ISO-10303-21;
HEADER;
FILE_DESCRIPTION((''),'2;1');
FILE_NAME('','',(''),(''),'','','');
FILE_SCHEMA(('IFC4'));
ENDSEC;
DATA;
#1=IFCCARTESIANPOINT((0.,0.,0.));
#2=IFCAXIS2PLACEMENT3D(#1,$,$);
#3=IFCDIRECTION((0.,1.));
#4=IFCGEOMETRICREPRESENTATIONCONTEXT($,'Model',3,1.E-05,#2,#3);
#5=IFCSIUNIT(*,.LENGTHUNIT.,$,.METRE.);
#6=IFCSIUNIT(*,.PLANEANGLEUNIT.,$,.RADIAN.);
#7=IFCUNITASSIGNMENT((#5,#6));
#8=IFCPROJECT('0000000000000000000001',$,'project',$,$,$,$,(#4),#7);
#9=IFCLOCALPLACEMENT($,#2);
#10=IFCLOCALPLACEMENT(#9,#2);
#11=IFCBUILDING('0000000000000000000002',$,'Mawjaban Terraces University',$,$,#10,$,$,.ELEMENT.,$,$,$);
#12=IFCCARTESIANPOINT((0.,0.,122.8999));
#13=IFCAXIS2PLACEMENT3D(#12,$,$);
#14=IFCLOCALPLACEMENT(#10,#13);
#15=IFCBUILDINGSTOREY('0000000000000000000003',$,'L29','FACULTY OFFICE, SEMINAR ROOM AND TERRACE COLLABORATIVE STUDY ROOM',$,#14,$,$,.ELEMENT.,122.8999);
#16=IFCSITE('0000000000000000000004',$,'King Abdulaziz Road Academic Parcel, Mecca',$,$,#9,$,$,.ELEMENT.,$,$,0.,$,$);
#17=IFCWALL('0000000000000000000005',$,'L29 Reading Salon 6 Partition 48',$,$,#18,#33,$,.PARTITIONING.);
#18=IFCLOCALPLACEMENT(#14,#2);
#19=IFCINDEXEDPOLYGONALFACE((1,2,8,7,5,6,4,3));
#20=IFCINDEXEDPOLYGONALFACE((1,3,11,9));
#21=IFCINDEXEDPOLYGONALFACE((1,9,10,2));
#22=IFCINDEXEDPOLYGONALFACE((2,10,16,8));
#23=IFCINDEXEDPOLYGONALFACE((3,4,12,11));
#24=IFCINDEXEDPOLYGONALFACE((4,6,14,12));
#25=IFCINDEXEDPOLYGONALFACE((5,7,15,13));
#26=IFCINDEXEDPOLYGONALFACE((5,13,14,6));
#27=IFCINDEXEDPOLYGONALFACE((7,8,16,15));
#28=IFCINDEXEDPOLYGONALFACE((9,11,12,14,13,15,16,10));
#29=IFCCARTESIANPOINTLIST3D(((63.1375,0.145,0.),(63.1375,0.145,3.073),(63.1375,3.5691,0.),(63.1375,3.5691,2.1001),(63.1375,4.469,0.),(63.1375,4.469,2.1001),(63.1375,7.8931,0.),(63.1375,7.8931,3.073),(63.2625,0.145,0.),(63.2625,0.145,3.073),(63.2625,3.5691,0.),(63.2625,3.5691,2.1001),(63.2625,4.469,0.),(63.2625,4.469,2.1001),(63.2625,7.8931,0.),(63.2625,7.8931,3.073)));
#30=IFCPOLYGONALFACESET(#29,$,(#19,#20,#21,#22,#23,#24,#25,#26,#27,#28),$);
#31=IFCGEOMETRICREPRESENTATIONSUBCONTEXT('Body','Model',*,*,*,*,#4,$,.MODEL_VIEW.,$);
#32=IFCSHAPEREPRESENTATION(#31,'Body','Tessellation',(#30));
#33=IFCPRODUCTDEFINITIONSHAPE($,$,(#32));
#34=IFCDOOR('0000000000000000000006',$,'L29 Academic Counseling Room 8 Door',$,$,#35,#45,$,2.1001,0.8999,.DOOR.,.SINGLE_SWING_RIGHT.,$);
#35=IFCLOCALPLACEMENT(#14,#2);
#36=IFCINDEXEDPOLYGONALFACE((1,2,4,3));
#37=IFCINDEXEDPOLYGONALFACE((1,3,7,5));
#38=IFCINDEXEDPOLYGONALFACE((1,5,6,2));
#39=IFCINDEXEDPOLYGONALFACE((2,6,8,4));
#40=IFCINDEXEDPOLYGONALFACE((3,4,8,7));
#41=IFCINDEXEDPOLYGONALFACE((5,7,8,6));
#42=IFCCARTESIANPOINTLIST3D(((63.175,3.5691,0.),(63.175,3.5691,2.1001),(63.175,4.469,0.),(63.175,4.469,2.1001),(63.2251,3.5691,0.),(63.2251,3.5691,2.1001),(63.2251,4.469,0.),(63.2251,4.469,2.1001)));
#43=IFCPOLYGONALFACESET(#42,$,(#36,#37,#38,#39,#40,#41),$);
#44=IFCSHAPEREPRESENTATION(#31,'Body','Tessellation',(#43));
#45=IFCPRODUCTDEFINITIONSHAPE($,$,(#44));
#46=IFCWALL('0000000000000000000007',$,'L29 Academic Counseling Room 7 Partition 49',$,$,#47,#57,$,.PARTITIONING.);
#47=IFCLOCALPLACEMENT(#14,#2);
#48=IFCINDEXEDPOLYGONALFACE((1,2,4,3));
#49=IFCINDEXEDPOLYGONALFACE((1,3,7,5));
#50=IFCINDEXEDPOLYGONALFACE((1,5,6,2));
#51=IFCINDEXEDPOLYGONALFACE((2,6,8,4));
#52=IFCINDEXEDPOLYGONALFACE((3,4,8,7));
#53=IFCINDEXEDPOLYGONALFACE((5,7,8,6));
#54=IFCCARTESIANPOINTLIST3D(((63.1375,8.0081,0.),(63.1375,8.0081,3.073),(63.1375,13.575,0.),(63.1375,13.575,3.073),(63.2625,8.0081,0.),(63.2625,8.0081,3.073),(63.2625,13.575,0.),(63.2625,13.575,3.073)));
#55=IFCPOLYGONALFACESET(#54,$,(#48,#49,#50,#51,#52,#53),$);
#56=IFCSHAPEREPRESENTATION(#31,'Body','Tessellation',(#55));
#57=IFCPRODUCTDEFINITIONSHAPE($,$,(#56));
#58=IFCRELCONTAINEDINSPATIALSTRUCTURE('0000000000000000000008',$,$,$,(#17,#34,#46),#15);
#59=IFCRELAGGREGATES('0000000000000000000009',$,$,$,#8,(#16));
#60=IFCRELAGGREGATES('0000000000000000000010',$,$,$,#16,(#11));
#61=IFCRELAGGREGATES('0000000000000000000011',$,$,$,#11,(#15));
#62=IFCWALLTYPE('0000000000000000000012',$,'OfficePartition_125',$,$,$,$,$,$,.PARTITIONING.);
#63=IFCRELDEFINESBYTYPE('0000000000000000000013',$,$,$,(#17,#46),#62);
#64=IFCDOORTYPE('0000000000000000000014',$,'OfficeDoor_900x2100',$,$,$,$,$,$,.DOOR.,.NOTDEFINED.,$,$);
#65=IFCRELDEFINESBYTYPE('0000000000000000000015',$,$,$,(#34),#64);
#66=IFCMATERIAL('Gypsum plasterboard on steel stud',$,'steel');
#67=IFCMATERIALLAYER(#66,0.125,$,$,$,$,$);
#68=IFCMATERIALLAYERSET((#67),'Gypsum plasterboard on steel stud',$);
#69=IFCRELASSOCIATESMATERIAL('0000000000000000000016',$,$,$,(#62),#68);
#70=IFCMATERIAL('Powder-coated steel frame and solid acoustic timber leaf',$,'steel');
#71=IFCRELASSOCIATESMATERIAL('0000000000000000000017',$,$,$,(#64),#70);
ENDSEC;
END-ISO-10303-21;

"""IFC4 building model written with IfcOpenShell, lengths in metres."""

from ifc_helpers import new_model, si_unit, direction, frame, frame_2d, origin, place, context, subcontext, project, spatial, rectangle, extrude, material, layer, layer_set, type_object, element, fill, save


model = new_model("IFC4")

# Units and contexts
model_context = context("Model", 3, precision=1e-05, world=origin(), true_north=direction((0.0, 1.0)))
body_context = subcontext(model_context, "Body", "Model", "MODEL_VIEW")
ifc_project = project(units=[si_unit("LENGTHUNIT", "METRE"), si_unit("PLANEANGLEUNIT", "RADIAN")], contexts=[model_context])

# Site, building, storey
site_placement = place(None, origin())
site = spatial("IfcSite", under=ifc_project, at=site_placement, Name="King Abdulaziz Road Academic Parcel, Mecca", CompositionType="ELEMENT", RefElevation=0.0)
building_placement = place(site_placement, origin())
building = spatial("IfcBuilding", under=site, at=building_placement, Name="Mawjaban Terraces University", CompositionType="ELEMENT")
storey_placement = place(building_placement, frame((0.0, 0.0, 122.8999)))
storey = spatial("IfcBuildingStorey", under=building, at=storey_placement, Name="L29", Description="FACULTY OFFICE, SEMINAR ROOM AND TERRACE COLLABORATIVE STUDY ROOM", CompositionType="ELEMENT", Elevation=122.8999)

# Shared definitions
ifc_material_1 = material(Name="Powder-coated steel frame and solid acoustic timber leaf", Category="steel")

# Shared definitions
ifc_material_2 = material(Name="Gypsum plasterboard on steel stud", Category="steel")
ifc_layer_1 = layer(ifc_material_2, 0.125)
ifc_layer_set_1 = layer_set([ifc_layer_1], Name="Gypsum plasterboard on steel stud")
wall_type_1 = type_object("IfcWallType", Name="OfficePartition_125", PredefinedType="PARTITIONING", material=ifc_layer_set_1)

# Wall, opening, door
wall_1_placement = place(storey_placement, frame((63.2, 0.145, 0.0), z_axis=(0.0, 0.0, 1.0), x_axis=(0.0, 1.0, 0.0)))
wall_1 = element("IfcWall", 1, at=wall_1_placement, inside=storey, type_object=wall_type_1, Name="L29 Reading Salon 6 Partition 48", PredefinedType="PARTITIONING", context=body_context, shape_type="SweptSolid", body=[
    extrude(rectangle(XDim=7.748, YDim=0.125, at=frame_2d((3.874, 0.0))), origin(), (0.0, 0.0, 1.0), 3.073),
])
opening_1_placement = place(wall_1_placement, frame((3.4241, 0.0, 0.0)))
opening_1 = element("IfcOpeningElement", 2, at=opening_1_placement, cuts=wall_1, PredefinedType="OPENING", context=body_context, shape_type="SweptSolid", body=[
    extrude(rectangle(XDim=0.8999, YDim=2.1001, at=frame_2d((0.45, 1.05))), frame((0.0, 0.0725, 0.0), z_axis=(0.0, -1.0, 0.0), x_axis=(1.0, 0.0, 0.0)), (0.0, 0.0, 1.0), 0.145),
])
door_type_1 = type_object("IfcDoorType", Name="OfficeDoor_900x2100", OperationType="NOTDEFINED", PredefinedType="DOOR", material=ifc_material_1)
door_1_placement = place(opening_1_placement, origin())
door_1 = element("IfcDoor", 3, at=door_1_placement, inside=storey, type_object=door_type_1, Name="L29 Academic Counseling Room 8 Door", OperationType="SINGLE_SWING_RIGHT", OverallHeight=2.1001, OverallWidth=0.8999, PredefinedType="DOOR", context=body_context, shape_type="SweptSolid", body=[
    extrude(rectangle(XDim=0.8999, YDim=2.1001, at=frame_2d((0.45, 1.05))), frame((0.0, 0.0249, 0.0), z_axis=(0.0, -1.0, 0.0), x_axis=(1.0, 0.0, 0.0)), (0.0, 0.0, 1.0), 0.05),
])
fill(opening_1, door_1)

# Wall
wall_2_placement = place(storey_placement, frame((63.2, 8.0081, 0.0), z_axis=(0.0, 0.0, 1.0), x_axis=(0.0, 1.0, 0.0)))
element("IfcWall", 4, at=wall_2_placement, inside=storey, type_object=wall_type_1, Name="L29 Academic Counseling Room 7 Partition 49", PredefinedType="PARTITIONING", context=body_context, shape_type="SweptSolid", body=[
    extrude(rectangle(XDim=5.5669, YDim=0.125, at=frame_2d((2.7834, 0.0))), origin(), (0.0, 0.0, 1.0), 3.073),
])

save(model, "model.ifc")
